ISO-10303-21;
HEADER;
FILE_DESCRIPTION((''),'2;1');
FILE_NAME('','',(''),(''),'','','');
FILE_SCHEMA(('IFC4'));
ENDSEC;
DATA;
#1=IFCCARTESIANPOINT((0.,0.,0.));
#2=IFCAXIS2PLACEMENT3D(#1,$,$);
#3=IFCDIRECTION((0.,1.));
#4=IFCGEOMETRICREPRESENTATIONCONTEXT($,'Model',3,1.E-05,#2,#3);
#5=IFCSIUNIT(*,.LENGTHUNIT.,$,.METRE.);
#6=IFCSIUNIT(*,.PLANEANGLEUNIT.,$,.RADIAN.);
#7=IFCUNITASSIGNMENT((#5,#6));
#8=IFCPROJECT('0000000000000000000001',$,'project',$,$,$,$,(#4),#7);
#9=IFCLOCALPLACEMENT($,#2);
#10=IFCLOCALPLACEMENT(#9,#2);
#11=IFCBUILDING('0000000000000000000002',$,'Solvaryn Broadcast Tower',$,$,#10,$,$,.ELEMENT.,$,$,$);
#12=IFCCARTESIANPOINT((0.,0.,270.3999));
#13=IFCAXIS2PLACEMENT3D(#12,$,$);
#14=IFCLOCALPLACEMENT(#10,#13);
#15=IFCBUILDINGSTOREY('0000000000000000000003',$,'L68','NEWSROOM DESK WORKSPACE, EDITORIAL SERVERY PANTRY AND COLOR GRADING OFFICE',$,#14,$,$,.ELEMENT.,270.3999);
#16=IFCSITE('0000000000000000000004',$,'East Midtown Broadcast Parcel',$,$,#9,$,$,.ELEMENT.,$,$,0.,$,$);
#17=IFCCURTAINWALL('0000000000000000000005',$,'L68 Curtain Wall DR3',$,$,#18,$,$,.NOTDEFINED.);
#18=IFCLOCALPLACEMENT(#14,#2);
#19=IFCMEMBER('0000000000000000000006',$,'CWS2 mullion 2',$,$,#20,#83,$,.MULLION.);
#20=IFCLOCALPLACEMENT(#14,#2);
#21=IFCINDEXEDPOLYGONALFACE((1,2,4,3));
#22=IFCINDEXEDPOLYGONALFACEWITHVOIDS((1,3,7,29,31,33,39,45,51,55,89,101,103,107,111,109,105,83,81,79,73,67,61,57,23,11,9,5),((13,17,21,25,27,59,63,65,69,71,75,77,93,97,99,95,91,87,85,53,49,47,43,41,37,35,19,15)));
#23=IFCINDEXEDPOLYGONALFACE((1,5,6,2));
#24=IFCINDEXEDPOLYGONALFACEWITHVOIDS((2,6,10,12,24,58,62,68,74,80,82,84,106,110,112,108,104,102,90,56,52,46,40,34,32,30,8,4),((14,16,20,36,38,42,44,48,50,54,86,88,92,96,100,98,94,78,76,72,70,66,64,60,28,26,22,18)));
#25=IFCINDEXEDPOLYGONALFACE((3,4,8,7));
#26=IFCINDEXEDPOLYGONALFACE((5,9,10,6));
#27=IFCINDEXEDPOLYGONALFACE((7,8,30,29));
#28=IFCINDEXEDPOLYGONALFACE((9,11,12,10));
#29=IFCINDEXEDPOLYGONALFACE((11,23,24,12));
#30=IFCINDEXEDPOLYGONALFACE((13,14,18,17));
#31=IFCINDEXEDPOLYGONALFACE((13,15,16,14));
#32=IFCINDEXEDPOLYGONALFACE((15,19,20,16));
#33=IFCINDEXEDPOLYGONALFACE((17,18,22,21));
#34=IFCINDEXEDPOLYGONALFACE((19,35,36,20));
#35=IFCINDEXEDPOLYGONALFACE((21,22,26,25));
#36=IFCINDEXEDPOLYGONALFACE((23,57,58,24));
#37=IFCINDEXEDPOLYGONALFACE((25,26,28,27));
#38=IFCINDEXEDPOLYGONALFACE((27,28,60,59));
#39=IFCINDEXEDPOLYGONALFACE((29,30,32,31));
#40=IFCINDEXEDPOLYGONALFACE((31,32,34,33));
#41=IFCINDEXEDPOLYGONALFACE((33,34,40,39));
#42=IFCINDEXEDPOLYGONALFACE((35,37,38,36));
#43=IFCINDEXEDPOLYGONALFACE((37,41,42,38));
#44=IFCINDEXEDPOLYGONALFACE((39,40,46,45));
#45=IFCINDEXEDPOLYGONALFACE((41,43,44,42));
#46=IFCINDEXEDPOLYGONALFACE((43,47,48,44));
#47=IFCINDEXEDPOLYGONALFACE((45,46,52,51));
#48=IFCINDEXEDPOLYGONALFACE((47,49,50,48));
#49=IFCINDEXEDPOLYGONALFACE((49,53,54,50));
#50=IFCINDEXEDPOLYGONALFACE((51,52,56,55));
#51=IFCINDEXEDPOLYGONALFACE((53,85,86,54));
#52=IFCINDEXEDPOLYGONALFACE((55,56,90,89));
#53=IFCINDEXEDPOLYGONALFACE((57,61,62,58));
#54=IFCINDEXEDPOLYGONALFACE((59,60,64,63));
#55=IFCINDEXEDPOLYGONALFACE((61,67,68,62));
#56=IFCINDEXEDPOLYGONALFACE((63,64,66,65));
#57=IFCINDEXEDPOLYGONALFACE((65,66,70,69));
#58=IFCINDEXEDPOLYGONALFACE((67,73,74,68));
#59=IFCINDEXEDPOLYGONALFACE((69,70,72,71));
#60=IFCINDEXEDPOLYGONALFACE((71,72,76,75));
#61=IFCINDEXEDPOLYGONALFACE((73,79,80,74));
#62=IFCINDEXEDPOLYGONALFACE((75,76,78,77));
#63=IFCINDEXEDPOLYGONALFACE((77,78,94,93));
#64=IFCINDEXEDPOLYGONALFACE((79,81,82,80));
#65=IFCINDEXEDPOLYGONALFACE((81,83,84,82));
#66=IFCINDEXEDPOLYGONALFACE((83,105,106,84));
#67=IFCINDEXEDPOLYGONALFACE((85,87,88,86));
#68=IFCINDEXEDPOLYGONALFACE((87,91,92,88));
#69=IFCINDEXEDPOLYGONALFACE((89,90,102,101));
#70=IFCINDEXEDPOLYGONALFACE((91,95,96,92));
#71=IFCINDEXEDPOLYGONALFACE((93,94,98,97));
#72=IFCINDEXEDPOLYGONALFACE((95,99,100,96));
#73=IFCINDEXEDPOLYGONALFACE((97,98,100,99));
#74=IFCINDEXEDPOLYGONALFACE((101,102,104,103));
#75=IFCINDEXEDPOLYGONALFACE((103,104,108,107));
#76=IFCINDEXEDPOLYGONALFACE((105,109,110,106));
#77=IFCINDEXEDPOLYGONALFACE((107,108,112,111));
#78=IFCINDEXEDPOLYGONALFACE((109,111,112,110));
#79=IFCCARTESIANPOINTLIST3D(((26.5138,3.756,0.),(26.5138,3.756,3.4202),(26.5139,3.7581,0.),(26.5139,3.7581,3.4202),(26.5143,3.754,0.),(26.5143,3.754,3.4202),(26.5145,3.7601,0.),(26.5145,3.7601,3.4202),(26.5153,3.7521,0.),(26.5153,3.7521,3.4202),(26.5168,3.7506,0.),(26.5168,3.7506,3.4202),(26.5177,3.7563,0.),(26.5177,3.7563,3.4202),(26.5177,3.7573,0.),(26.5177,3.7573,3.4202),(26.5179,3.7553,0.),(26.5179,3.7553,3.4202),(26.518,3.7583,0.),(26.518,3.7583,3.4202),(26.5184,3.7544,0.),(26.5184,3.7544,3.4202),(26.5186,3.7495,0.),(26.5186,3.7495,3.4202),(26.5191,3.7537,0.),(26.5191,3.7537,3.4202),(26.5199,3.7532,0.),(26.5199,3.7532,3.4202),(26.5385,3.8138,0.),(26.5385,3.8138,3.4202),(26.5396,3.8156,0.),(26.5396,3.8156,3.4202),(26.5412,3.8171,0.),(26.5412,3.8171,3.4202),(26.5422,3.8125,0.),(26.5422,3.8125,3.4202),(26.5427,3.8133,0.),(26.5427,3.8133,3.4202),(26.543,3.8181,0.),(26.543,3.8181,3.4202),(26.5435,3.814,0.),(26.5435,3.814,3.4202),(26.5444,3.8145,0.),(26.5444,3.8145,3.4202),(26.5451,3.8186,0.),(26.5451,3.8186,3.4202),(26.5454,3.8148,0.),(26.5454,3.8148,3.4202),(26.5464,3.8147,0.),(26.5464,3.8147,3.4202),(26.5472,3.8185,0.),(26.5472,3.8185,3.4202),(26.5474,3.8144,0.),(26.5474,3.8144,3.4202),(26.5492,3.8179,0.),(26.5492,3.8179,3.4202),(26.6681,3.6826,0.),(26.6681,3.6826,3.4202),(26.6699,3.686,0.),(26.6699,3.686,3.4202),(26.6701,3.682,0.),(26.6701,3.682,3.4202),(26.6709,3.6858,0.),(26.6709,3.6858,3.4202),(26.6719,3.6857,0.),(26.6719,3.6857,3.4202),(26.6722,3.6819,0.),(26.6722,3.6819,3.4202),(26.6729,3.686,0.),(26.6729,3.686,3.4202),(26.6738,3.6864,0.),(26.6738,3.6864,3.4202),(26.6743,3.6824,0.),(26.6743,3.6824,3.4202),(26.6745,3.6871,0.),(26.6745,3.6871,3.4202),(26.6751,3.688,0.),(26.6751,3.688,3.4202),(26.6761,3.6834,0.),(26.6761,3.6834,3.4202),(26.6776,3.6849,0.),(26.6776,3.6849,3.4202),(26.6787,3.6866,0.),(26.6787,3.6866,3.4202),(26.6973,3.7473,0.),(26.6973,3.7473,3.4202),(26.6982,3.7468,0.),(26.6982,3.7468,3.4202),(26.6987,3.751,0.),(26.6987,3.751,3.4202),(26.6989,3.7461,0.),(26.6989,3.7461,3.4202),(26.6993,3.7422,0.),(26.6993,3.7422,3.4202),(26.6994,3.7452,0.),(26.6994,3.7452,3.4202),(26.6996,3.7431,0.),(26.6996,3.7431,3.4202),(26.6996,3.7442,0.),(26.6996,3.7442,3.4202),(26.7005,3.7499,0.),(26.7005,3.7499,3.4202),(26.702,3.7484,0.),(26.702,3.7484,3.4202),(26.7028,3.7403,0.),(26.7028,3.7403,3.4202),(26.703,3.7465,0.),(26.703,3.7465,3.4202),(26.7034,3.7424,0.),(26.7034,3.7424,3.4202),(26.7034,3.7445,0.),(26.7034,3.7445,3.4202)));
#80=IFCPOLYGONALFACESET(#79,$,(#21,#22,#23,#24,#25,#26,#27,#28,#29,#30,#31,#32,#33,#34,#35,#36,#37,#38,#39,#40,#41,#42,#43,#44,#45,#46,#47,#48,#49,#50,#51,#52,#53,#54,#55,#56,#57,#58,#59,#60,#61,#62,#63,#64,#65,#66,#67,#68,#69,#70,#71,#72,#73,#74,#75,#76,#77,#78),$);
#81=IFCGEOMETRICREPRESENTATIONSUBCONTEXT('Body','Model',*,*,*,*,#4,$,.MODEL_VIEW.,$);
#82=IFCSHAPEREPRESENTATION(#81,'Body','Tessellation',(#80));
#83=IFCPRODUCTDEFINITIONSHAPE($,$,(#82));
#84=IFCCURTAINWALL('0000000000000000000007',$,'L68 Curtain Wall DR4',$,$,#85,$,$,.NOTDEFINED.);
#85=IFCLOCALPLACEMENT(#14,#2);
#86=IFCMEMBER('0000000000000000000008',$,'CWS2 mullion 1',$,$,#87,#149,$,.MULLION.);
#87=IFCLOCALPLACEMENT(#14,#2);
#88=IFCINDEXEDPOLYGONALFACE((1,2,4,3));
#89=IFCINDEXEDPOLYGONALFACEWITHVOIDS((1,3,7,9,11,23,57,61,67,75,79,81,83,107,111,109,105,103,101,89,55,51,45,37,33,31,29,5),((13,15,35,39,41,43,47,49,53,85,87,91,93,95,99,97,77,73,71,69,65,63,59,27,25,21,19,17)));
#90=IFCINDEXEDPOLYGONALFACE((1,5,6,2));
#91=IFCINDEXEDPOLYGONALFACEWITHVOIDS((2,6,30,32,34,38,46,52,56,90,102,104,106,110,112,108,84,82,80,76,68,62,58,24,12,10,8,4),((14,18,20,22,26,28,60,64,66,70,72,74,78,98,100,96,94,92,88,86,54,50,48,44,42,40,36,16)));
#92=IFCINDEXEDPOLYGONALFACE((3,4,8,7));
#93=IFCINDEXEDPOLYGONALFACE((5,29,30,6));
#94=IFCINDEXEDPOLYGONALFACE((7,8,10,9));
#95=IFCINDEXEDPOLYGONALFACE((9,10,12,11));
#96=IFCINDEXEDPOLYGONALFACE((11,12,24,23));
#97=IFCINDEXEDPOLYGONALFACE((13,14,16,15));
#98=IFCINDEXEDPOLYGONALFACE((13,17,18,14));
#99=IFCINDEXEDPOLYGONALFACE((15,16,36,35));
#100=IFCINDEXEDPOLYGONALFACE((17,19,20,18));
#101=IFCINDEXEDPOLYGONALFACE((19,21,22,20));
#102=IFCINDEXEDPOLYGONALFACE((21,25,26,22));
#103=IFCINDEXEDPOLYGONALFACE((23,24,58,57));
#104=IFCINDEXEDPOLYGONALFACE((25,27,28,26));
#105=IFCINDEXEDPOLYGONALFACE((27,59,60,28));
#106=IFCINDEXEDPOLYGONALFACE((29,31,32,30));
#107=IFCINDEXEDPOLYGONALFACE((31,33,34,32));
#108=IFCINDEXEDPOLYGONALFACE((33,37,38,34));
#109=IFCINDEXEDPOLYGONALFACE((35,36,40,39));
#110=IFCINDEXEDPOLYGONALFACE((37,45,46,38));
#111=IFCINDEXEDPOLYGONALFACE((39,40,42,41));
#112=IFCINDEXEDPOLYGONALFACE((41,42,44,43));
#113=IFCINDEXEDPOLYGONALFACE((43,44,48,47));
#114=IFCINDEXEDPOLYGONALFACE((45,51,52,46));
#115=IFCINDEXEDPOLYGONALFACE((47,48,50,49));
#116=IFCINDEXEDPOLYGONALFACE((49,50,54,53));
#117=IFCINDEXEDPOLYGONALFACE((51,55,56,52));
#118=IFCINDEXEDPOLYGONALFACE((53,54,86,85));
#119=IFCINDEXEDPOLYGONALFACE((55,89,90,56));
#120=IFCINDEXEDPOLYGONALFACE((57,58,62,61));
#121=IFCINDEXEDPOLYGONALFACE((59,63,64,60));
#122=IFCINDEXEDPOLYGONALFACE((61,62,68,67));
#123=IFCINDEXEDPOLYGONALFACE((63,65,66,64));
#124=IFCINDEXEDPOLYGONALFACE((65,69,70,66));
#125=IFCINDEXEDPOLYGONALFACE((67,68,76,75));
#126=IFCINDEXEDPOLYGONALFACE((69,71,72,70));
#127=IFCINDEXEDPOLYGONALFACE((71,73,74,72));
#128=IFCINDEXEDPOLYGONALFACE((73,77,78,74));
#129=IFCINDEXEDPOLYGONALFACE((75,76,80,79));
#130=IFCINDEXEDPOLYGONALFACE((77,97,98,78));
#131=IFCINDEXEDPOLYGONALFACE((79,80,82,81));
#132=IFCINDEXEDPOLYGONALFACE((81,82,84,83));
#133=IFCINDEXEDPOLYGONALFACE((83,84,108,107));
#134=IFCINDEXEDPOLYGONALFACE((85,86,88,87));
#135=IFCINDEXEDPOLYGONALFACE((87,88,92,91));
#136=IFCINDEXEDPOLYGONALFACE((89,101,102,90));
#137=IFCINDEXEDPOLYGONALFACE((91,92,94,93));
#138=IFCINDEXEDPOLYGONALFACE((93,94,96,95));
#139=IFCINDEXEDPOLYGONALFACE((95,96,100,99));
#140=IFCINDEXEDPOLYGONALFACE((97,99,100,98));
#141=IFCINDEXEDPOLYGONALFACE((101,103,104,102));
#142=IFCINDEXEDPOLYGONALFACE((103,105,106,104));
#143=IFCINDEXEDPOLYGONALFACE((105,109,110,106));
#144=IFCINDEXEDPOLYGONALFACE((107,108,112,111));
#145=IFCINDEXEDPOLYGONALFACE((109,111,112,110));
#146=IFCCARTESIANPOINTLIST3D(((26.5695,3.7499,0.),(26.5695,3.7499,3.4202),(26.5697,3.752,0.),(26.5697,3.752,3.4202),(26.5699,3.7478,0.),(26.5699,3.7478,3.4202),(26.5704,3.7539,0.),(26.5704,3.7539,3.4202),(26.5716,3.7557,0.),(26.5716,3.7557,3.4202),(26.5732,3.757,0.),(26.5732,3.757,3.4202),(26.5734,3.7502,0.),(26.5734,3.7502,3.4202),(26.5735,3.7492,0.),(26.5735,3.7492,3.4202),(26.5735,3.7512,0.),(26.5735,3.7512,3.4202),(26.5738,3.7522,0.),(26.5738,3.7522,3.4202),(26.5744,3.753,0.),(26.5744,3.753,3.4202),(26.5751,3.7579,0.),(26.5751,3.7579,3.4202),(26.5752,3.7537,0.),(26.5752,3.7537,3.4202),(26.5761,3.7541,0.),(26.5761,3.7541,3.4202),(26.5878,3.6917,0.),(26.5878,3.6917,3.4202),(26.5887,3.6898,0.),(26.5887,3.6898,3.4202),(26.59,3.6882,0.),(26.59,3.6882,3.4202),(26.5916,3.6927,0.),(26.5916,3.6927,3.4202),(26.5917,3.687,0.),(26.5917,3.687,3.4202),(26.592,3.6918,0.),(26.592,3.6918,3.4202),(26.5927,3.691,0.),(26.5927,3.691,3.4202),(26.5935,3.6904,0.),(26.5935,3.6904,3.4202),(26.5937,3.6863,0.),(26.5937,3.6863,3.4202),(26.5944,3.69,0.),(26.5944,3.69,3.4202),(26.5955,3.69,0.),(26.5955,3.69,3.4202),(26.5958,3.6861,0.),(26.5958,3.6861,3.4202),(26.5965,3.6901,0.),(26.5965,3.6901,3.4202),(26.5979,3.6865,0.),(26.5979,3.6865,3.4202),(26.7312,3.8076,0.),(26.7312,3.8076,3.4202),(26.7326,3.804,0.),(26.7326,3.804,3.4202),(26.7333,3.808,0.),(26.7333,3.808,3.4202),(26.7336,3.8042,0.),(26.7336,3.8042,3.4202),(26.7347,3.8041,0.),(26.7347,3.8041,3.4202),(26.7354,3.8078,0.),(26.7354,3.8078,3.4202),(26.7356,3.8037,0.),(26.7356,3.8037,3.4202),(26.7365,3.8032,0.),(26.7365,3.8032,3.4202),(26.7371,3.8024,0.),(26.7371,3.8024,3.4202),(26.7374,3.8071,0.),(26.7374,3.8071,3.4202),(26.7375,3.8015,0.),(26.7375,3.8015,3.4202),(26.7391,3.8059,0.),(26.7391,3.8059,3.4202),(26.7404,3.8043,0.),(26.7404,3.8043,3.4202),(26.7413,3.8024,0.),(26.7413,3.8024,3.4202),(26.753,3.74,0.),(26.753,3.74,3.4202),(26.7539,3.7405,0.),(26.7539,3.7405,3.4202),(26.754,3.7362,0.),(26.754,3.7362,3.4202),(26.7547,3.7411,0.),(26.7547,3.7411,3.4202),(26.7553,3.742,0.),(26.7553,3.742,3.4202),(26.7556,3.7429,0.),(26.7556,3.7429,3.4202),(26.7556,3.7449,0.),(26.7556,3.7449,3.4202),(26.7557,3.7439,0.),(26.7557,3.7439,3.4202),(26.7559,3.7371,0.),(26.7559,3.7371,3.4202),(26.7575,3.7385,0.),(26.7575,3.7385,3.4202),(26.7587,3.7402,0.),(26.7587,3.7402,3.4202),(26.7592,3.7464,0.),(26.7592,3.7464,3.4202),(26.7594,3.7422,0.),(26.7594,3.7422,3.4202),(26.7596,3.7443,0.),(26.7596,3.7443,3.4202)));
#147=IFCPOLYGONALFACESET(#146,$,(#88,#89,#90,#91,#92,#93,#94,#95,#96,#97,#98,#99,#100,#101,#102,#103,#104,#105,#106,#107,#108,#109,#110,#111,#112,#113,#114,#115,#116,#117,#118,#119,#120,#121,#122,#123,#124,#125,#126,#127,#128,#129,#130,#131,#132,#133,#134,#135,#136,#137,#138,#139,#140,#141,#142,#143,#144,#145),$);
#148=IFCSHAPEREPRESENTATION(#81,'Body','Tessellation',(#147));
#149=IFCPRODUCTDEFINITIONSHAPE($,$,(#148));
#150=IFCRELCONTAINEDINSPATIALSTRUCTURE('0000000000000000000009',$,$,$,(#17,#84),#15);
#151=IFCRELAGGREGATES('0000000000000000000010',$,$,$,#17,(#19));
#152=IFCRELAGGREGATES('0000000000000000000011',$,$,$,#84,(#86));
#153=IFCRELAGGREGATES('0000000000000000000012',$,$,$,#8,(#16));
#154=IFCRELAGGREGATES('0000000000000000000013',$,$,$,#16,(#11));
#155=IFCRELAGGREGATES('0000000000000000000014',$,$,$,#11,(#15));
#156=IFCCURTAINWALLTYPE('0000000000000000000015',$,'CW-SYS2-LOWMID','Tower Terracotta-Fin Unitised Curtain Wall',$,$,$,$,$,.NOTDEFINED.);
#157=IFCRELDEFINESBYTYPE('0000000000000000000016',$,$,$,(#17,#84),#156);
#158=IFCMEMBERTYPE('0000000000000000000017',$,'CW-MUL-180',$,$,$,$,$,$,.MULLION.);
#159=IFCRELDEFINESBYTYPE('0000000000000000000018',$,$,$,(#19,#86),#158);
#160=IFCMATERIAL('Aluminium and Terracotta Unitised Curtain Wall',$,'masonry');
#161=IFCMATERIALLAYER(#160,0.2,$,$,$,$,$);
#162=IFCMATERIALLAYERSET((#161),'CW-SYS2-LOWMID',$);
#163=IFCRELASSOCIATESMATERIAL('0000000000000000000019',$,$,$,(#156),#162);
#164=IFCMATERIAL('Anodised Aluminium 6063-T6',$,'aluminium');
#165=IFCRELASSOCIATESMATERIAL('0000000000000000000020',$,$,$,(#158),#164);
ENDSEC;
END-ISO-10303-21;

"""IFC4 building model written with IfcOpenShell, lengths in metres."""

from ifc_helpers import new_model, si_unit, direction, frame, origin, origin_2d, place, context, subcontext, project, spatial, hollow_rectangle, extrude, material, layer, layer_set, material_profile, profile_set, type_object, element, aggregate, save


model = new_model("IFC4")

# Units and contexts
model_context = context("Model", 3, precision=1e-05, world=origin(), true_north=direction((0.0, 1.0)))
body_context = subcontext(model_context, "Body", "Model", "MODEL_VIEW")
ifc_project = project(units=[si_unit("LENGTHUNIT", "METRE"), si_unit("PLANEANGLEUNIT", "RADIAN")], contexts=[model_context])

# Site, building, storey
site_placement = place(None, origin())
site = spatial("IfcSite", under=ifc_project, at=site_placement, Name="East Midtown Broadcast Parcel", CompositionType="ELEMENT", RefElevation=0.0)
building_placement = place(site_placement, origin())
building = spatial("IfcBuilding", under=site, at=building_placement, Name="Solvaryn Broadcast Tower", CompositionType="ELEMENT")
storey_placement = place(building_placement, frame((0.0, 0.0, 270.3999)))
storey = spatial("IfcBuildingStorey", under=building, at=storey_placement, Name="L68", Description="NEWSROOM DESK WORKSPACE, EDITORIAL SERVERY PANTRY AND COLOR GRADING OFFICE", CompositionType="ELEMENT", Elevation=270.3999)

# Curtain wall, member
ifc_material_1 = material(Name="Aluminium and Terracotta Unitised Curtain Wall", Category="masonry")
ifc_layer_1 = layer(ifc_material_1, 0.2)
ifc_layer_set_1 = layer_set([ifc_layer_1], Name="CW-SYS2-LOWMID")
curtain_wall_type = type_object("IfcCurtainWallType", Name="CW-SYS2-LOWMID", Description="Tower Terracotta-Fin Unitised Curtain Wall", PredefinedType="NOTDEFINED", material=ifc_layer_set_1)
curtain_wall_1_placement = place(storey_placement, origin())
curtain_wall_1 = element("IfcCurtainWall", 1, at=curtain_wall_1_placement, inside=storey, type_object=curtain_wall_type, Name="L68 Curtain Wall DR3", PredefinedType="NOTDEFINED")
ifc_material_2 = material(Name="Anodised Aluminium 6063-T6", Category="aluminium")
ifc_material_profile_1 = material_profile(ifc_material_2, hollow_rectangle(XDim=0.075, YDim=0.1799, WallThickness=0.0039, InnerFilletRadius=0.0039, OuterFilletRadius=0.0081, at=origin_2d()))
ifc_profile_set_1 = profile_set([ifc_material_profile_1], Name="Anodised Aluminium 6063-T6")
member_type_1 = type_object("IfcMemberType", Name="CW-MUL-180", PredefinedType="MULLION", material=ifc_profile_set_1)
member_1_placement = place(storey_placement, frame((26.6086, 3.7502, 0.0), z_axis=(0.0, 0.0, 1.0), x_axis=(0.408466, 0.912774, 0.0)))
member_1 = element("IfcMember", 2, at=member_1_placement, type_object=member_type_1, Name="CWS2 mullion 2", PredefinedType="MULLION", context=body_context, shape_type="SweptSolid", body=[
    extrude(hollow_rectangle(XDim=0.075, YDim=0.1799, WallThickness=0.0039, InnerFilletRadius=0.0039, OuterFilletRadius=0.0081, at=origin_2d()), origin(), (0.0, 0.0, 1.0), 3.4202),
])
aggregate(curtain_wall_1, [member_1])

# Curtain wall, member
curtain_wall_2_placement = place(storey_placement, origin())
curtain_wall_2 = element("IfcCurtainWall", 3, at=curtain_wall_2_placement, inside=storey, type_object=curtain_wall_type, Name="L68 Curtain Wall DR4", PredefinedType="NOTDEFINED")
member_2_placement = place(storey_placement, frame((26.6646, 3.7471, 0.0), z_axis=(0.0, 0.0, 1.0), x_axis=(-0.303616, 0.952795, 0.0)))
member_2 = element("IfcMember", 4, at=member_2_placement, type_object=member_type_1, Name="CWS2 mullion 1", PredefinedType="MULLION", context=body_context, shape_type="SweptSolid", body=[
    extrude(hollow_rectangle(XDim=0.075, YDim=0.1799, WallThickness=0.0039, InnerFilletRadius=0.0039, OuterFilletRadius=0.0081, at=origin_2d()), origin(), (0.0, 0.0, 1.0), 3.4202),
])
aggregate(curtain_wall_2, [member_2])

save(model, "model.ifc")
